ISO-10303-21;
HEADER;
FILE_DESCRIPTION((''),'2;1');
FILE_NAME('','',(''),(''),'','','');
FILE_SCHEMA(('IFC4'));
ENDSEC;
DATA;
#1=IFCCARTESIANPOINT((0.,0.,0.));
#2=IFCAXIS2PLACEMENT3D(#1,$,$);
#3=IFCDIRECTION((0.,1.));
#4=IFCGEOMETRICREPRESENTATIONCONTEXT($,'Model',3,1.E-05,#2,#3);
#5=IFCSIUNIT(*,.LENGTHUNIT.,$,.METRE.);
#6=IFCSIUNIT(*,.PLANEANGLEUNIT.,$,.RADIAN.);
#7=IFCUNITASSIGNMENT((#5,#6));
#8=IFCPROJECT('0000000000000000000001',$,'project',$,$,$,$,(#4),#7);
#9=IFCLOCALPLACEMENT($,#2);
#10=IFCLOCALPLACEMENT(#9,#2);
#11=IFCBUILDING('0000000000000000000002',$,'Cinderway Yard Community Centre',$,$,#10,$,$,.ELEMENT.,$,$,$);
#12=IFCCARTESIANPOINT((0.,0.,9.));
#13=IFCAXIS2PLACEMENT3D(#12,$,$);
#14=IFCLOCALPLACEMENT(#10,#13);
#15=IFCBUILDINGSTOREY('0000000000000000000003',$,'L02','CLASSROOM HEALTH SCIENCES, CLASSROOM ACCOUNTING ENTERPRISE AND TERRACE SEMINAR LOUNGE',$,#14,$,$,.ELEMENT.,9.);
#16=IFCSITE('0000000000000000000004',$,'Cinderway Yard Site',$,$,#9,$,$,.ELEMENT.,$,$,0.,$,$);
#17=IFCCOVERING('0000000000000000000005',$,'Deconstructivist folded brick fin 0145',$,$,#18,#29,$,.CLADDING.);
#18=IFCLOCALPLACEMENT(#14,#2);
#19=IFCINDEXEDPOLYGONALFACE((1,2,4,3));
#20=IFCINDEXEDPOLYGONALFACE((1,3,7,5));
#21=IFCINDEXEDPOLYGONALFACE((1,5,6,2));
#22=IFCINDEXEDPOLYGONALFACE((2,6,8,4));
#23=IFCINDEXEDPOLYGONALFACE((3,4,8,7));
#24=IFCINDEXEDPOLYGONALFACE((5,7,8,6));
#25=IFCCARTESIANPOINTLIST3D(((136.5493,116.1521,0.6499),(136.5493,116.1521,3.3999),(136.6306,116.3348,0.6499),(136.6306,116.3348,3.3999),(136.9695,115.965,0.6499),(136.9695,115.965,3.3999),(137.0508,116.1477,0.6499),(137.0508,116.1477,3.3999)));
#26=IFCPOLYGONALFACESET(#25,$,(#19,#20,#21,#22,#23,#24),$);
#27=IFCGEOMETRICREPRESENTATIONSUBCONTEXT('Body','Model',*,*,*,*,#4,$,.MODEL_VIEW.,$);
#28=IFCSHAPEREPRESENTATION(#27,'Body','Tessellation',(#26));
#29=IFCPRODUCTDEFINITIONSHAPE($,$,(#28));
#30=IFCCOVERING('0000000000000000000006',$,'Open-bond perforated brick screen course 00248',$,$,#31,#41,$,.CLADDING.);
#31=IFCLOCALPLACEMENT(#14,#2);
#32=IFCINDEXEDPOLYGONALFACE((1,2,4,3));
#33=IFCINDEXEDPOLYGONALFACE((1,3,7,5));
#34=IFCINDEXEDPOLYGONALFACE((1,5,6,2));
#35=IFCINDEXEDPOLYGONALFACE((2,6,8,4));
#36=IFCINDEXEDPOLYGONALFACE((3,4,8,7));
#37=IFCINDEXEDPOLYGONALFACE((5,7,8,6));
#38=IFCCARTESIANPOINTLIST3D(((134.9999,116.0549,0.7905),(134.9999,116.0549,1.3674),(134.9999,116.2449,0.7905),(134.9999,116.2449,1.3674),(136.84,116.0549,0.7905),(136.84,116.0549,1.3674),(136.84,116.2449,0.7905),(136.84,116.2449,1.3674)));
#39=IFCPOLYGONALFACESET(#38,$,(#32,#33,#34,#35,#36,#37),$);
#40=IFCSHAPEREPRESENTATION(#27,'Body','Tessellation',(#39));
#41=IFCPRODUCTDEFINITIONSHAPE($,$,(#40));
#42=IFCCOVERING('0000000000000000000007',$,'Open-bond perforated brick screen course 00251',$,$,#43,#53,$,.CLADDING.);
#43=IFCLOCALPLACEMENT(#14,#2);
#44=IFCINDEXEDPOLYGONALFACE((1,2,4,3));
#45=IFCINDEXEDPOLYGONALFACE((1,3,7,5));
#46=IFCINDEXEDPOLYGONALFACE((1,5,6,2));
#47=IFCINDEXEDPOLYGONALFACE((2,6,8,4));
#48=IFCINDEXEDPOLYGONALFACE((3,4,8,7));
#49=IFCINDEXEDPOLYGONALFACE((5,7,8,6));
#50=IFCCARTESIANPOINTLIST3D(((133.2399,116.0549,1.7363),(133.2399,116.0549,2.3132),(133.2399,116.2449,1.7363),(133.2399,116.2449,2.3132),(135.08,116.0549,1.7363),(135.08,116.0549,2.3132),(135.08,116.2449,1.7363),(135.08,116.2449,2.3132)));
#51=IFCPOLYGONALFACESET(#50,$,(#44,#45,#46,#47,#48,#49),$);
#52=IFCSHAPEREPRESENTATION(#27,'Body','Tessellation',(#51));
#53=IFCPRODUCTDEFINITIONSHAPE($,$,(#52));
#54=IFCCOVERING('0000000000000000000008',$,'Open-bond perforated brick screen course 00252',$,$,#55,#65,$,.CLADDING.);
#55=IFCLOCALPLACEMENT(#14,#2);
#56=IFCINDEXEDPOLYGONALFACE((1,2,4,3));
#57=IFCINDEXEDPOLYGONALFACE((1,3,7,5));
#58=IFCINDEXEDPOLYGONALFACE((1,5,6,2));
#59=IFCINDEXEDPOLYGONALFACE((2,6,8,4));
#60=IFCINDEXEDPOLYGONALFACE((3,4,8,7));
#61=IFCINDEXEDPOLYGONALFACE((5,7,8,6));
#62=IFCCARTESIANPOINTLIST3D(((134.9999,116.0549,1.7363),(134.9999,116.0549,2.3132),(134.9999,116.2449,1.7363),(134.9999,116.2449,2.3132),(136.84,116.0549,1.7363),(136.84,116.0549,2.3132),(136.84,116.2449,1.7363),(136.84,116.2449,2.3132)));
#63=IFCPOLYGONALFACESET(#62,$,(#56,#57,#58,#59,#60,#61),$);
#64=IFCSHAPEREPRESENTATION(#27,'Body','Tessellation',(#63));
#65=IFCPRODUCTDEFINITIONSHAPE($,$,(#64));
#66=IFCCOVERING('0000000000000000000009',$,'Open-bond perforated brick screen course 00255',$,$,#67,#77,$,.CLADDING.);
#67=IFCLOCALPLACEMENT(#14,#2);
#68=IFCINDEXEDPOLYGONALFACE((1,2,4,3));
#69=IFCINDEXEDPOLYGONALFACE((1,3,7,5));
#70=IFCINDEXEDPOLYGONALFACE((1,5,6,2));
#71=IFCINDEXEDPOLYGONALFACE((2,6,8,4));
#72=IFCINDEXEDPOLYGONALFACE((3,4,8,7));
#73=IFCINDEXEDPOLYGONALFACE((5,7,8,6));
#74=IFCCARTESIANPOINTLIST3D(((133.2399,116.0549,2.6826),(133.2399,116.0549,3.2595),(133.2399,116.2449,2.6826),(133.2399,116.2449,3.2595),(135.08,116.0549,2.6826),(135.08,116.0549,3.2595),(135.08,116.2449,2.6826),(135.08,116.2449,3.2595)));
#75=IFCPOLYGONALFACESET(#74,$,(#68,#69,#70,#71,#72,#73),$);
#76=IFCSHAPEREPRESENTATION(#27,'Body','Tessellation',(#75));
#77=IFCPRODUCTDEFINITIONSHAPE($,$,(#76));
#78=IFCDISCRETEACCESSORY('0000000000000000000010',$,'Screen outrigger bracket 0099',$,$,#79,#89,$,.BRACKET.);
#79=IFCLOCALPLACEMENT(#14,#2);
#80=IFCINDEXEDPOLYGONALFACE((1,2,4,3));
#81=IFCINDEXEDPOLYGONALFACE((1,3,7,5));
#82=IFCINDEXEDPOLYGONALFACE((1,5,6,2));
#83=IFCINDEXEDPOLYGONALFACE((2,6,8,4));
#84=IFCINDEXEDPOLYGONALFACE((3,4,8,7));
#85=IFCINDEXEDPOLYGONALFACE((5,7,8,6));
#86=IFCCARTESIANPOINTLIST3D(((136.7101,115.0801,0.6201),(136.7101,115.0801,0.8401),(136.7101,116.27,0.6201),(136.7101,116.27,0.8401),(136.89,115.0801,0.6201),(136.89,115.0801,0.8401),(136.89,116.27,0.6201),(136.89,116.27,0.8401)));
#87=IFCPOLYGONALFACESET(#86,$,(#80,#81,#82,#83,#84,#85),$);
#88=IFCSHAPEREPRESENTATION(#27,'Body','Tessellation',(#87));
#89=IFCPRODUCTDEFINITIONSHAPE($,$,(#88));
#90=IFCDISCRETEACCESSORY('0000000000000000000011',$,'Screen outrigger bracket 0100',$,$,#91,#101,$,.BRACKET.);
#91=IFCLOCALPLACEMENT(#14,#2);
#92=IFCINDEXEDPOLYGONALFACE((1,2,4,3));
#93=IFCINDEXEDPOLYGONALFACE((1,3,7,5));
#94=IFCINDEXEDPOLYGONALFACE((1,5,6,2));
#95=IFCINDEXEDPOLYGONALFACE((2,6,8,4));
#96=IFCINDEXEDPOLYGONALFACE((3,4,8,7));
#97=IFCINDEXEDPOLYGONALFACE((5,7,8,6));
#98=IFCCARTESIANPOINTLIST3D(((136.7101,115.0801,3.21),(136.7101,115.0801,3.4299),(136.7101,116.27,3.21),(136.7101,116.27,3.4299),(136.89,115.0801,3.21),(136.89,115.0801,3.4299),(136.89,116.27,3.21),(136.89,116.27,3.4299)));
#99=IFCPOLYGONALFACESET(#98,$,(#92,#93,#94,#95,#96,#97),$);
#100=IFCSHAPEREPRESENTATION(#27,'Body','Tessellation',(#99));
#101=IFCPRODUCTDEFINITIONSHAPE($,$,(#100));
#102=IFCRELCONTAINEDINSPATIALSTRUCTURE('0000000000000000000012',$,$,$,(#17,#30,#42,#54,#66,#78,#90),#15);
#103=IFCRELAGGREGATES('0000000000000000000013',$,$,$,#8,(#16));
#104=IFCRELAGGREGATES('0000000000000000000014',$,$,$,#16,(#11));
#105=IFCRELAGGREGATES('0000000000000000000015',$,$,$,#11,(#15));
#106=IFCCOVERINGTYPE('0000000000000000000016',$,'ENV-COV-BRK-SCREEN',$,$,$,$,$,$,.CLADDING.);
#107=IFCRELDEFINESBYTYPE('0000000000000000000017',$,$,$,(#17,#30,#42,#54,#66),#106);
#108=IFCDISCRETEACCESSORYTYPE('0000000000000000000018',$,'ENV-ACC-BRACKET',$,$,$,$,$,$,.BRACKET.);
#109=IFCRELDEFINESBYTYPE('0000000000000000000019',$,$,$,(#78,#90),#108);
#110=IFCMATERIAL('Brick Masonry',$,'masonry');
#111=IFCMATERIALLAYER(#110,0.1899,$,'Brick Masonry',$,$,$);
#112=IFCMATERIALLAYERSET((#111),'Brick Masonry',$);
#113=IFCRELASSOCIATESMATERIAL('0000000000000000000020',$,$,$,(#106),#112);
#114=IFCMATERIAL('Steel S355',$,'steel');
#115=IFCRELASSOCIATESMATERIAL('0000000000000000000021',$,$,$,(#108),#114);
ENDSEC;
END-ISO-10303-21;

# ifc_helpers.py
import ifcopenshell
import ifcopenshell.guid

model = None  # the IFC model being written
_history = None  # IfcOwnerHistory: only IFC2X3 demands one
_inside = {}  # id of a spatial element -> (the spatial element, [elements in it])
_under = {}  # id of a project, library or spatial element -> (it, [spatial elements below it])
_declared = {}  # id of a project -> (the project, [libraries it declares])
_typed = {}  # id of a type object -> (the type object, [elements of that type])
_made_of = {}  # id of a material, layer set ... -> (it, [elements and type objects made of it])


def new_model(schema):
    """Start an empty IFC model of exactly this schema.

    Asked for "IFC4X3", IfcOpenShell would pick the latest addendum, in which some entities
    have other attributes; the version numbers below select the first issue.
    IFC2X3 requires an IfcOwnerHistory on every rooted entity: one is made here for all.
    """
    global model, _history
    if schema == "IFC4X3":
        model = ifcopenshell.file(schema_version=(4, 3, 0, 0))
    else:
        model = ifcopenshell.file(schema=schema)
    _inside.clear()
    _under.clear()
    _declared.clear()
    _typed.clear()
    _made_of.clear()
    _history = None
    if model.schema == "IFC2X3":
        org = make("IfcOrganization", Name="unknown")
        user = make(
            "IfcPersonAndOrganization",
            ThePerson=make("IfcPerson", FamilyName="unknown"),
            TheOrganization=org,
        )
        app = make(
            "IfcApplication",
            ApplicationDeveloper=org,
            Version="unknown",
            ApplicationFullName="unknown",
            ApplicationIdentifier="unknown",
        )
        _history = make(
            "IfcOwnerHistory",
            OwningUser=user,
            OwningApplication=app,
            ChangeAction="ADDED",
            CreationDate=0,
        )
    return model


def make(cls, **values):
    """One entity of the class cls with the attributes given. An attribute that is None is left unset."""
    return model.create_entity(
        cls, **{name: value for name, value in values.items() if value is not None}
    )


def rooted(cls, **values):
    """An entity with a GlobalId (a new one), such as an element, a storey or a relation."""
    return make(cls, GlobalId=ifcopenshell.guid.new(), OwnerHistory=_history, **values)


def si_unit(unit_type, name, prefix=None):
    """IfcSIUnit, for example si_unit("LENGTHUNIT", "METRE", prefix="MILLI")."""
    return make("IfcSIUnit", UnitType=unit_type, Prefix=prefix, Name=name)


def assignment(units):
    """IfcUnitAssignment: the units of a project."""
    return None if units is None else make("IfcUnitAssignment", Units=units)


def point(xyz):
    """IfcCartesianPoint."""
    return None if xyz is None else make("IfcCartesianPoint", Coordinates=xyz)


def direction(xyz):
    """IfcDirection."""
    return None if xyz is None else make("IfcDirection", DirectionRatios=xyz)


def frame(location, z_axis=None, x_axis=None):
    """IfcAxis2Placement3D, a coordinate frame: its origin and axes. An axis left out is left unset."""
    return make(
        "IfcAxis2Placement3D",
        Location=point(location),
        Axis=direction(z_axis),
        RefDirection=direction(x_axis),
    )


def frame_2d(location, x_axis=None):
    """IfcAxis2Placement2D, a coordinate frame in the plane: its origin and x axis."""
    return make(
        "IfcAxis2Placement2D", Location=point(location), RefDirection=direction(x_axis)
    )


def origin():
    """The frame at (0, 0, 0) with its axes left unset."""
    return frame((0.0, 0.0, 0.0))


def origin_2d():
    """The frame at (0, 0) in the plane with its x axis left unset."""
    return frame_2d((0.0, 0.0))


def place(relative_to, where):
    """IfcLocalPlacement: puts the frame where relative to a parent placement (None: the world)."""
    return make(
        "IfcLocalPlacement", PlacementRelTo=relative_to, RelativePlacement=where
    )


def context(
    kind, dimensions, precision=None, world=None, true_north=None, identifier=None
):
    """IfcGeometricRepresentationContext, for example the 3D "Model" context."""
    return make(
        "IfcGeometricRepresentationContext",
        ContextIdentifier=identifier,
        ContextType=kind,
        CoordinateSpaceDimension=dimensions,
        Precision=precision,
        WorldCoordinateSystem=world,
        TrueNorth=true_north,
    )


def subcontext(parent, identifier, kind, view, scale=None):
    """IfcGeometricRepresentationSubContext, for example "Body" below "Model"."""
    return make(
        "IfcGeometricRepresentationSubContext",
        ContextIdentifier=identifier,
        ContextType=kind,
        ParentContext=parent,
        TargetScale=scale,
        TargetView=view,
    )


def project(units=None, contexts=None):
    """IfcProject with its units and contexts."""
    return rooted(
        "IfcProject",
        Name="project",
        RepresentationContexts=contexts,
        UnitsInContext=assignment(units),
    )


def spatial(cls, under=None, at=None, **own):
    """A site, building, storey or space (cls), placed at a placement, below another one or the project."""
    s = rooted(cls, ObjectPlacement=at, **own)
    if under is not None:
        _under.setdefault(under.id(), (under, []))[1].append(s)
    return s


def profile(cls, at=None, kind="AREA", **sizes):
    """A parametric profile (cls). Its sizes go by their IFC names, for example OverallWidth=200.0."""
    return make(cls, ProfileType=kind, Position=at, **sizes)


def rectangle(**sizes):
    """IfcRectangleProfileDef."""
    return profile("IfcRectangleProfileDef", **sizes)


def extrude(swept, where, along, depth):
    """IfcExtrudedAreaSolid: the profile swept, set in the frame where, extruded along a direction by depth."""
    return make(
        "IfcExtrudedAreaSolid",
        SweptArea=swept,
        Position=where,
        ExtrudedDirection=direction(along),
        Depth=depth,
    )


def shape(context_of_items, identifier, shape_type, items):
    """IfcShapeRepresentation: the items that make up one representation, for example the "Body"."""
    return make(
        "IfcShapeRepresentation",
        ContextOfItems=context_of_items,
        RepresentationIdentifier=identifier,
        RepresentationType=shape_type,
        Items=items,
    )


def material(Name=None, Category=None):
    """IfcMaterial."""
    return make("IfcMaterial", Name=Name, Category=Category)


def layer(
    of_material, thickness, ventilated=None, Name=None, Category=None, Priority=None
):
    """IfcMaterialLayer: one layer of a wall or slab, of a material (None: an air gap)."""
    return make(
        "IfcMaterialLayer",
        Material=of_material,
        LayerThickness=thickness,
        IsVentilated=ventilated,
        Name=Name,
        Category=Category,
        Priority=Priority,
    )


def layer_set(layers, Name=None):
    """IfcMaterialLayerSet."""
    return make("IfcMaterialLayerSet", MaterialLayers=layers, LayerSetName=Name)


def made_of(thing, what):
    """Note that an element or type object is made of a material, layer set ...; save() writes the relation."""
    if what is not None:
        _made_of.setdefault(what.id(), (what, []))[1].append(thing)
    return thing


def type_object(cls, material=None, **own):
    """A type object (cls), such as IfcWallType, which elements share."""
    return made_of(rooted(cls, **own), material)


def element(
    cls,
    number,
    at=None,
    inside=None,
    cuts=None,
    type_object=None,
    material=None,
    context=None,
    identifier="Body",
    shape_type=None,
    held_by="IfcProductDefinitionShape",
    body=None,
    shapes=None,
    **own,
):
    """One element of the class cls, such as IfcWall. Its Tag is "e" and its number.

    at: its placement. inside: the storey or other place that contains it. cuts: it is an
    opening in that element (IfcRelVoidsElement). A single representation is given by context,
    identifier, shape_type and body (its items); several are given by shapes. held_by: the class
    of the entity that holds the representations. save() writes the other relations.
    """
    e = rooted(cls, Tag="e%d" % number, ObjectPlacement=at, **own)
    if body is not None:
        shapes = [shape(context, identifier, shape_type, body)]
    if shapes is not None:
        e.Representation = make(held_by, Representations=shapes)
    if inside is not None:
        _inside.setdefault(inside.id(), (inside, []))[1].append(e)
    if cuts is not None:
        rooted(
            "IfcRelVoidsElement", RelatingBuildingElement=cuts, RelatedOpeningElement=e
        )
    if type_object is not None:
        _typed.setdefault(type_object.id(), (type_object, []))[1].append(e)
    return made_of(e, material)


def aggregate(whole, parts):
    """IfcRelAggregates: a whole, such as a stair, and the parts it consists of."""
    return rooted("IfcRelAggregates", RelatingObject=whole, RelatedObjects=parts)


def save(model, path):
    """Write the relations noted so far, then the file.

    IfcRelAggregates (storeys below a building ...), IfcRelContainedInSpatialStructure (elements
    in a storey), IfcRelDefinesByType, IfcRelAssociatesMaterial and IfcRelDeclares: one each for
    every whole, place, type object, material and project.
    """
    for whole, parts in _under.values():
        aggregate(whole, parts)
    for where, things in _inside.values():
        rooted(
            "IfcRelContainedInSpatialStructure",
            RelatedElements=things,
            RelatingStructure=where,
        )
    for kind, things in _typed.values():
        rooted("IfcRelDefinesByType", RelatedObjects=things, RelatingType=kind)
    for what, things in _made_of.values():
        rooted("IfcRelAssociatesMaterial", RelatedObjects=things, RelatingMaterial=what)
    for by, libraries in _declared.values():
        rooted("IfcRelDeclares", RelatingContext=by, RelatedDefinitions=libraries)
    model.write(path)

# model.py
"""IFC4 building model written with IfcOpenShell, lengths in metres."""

from ifc_helpers import new_model, si_unit, direction, frame, origin, origin_2d, place, context, subcontext, project, spatial, rectangle, extrude, material, layer, layer_set, type_object, element, save


model = new_model("IFC4")

# Units and contexts
model_context = context("Model", 3, precision=1e-05, world=origin(), true_north=direction((0.0, 1.0)))
body_context = subcontext(model_context, "Body", "Model", "MODEL_VIEW")
ifc_project = project(units=[si_unit("LENGTHUNIT", "METRE"), si_unit("PLANEANGLEUNIT", "RADIAN")], contexts=[model_context])

# Site, building, storey
site_placement = place(None, origin())
site = spatial("IfcSite", under=ifc_project, at=site_placement, Name="Cinderway Yard Site", CompositionType="ELEMENT", RefElevation=0.0)
building_placement = place(site_placement, origin())
building = spatial("IfcBuilding", under=site, at=building_placement, Name="Cinderway Yard Community Centre", CompositionType="ELEMENT")
storey_placement = place(building_placement, frame((0.0, 0.0, 9.0)))
storey = spatial("IfcBuildingStorey", under=building, at=storey_placement, Name="L02", Description="CLASSROOM HEALTH SCIENCES, CLASSROOM ACCOUNTING ENTERPRISE AND TERRACE SEMINAR LOUNGE", CompositionType="ELEMENT", Elevation=9.0)

# Shared definitions
ifc_material_1 = material(Name="Steel S355", Category="steel")

# Coverings
ifc_material_2 = material(Name="Brick Masonry", Category="masonry")
ifc_layer_1 = layer(ifc_material_2, 0.1899, Name="Brick Masonry")
ifc_layer_set_1 = layer_set([ifc_layer_1], Name="Brick Masonry")
covering_type = type_object("IfcCoveringType", Name="ENV-COV-BRK-SCREEN", PredefinedType="CLADDING", material=ifc_layer_set_1)
covering_placement = place(storey_placement, frame((136.8, 116.1499, 0.6499), z_axis=(0.0, 0.0, 1.0), x_axis=(0.913545, -0.406737, 0.0)))
element("IfcCovering", 1, at=covering_placement, inside=storey, type_object=covering_type, Name="Deconstructivist folded brick fin 0145", PredefinedType="CLADDING", context=body_context, shape_type="SweptSolid", body=[
    extrude(rectangle(XDim=0.46, YDim=0.2, at=origin_2d()), origin(), (0.0, 0.0, 1.0), 2.75),
])
for number, where, z_axis, x_axis, name in (
    (2, (135.9199, 116.1499, 0.7905), (0.0, 0.0, 1.0), (1.0, 0.0, 0.0), "Open-bond perforated brick screen course 00248"),
    (3, (134.1599, 116.1499, 1.7363), (0.0, 0.0, 1.0), (1.0, 0.0, 0.0), "Open-bond perforated brick screen course 00251"),
    (4, (135.9199, 116.1499, 1.7363), (0.0, 0.0, 1.0), (1.0, 0.0, 0.0), "Open-bond perforated brick screen course 00252"),
    (5, (134.1599, 116.1499, 2.6826), (0.0, 0.0, 1.0), (1.0, 0.0, 0.0), "Open-bond perforated brick screen course 00255"),
):
    element("IfcCovering", number, at=place(storey_placement, frame(where, z_axis=z_axis, x_axis=x_axis)), inside=storey, type_object=covering_type, Name=name, PredefinedType="CLADDING", context=body_context, shape_type="SweptSolid", body=[
        extrude(rectangle(XDim=1.8401, YDim=0.1899, at=origin_2d()), origin(), (0.0, 0.0, 1.0), 0.5769),
    ])

# Discrete accessories
discrete_accessory_type = type_object("IfcDiscreteAccessoryType", Name="ENV-ACC-BRACKET", PredefinedType="BRACKET", material=ifc_material_1)
for number, where, z_axis, x_axis, name in (
    (6, (136.8, 115.675, 0.6201), (0.0, 0.0, 1.0), (0.0, 1.0, 0.0), "Screen outrigger bracket 0099"),
    (7, (136.8, 115.675, 3.21), (0.0, 0.0, 1.0), (0.0, 1.0, 0.0), "Screen outrigger bracket 0100"),
):
    element("IfcDiscreteAccessory", number, at=place(storey_placement, frame(where, z_axis=z_axis, x_axis=x_axis)), inside=storey, type_object=discrete_accessory_type, Name=name, PredefinedType="BRACKET", context=body_context, shape_type="SweptSolid", body=[
        extrude(rectangle(XDim=1.1899, YDim=0.1799, at=origin_2d()), origin(), (0.0, 0.0, 1.0), 0.22),
    ])

save(model, "model.ifc")
